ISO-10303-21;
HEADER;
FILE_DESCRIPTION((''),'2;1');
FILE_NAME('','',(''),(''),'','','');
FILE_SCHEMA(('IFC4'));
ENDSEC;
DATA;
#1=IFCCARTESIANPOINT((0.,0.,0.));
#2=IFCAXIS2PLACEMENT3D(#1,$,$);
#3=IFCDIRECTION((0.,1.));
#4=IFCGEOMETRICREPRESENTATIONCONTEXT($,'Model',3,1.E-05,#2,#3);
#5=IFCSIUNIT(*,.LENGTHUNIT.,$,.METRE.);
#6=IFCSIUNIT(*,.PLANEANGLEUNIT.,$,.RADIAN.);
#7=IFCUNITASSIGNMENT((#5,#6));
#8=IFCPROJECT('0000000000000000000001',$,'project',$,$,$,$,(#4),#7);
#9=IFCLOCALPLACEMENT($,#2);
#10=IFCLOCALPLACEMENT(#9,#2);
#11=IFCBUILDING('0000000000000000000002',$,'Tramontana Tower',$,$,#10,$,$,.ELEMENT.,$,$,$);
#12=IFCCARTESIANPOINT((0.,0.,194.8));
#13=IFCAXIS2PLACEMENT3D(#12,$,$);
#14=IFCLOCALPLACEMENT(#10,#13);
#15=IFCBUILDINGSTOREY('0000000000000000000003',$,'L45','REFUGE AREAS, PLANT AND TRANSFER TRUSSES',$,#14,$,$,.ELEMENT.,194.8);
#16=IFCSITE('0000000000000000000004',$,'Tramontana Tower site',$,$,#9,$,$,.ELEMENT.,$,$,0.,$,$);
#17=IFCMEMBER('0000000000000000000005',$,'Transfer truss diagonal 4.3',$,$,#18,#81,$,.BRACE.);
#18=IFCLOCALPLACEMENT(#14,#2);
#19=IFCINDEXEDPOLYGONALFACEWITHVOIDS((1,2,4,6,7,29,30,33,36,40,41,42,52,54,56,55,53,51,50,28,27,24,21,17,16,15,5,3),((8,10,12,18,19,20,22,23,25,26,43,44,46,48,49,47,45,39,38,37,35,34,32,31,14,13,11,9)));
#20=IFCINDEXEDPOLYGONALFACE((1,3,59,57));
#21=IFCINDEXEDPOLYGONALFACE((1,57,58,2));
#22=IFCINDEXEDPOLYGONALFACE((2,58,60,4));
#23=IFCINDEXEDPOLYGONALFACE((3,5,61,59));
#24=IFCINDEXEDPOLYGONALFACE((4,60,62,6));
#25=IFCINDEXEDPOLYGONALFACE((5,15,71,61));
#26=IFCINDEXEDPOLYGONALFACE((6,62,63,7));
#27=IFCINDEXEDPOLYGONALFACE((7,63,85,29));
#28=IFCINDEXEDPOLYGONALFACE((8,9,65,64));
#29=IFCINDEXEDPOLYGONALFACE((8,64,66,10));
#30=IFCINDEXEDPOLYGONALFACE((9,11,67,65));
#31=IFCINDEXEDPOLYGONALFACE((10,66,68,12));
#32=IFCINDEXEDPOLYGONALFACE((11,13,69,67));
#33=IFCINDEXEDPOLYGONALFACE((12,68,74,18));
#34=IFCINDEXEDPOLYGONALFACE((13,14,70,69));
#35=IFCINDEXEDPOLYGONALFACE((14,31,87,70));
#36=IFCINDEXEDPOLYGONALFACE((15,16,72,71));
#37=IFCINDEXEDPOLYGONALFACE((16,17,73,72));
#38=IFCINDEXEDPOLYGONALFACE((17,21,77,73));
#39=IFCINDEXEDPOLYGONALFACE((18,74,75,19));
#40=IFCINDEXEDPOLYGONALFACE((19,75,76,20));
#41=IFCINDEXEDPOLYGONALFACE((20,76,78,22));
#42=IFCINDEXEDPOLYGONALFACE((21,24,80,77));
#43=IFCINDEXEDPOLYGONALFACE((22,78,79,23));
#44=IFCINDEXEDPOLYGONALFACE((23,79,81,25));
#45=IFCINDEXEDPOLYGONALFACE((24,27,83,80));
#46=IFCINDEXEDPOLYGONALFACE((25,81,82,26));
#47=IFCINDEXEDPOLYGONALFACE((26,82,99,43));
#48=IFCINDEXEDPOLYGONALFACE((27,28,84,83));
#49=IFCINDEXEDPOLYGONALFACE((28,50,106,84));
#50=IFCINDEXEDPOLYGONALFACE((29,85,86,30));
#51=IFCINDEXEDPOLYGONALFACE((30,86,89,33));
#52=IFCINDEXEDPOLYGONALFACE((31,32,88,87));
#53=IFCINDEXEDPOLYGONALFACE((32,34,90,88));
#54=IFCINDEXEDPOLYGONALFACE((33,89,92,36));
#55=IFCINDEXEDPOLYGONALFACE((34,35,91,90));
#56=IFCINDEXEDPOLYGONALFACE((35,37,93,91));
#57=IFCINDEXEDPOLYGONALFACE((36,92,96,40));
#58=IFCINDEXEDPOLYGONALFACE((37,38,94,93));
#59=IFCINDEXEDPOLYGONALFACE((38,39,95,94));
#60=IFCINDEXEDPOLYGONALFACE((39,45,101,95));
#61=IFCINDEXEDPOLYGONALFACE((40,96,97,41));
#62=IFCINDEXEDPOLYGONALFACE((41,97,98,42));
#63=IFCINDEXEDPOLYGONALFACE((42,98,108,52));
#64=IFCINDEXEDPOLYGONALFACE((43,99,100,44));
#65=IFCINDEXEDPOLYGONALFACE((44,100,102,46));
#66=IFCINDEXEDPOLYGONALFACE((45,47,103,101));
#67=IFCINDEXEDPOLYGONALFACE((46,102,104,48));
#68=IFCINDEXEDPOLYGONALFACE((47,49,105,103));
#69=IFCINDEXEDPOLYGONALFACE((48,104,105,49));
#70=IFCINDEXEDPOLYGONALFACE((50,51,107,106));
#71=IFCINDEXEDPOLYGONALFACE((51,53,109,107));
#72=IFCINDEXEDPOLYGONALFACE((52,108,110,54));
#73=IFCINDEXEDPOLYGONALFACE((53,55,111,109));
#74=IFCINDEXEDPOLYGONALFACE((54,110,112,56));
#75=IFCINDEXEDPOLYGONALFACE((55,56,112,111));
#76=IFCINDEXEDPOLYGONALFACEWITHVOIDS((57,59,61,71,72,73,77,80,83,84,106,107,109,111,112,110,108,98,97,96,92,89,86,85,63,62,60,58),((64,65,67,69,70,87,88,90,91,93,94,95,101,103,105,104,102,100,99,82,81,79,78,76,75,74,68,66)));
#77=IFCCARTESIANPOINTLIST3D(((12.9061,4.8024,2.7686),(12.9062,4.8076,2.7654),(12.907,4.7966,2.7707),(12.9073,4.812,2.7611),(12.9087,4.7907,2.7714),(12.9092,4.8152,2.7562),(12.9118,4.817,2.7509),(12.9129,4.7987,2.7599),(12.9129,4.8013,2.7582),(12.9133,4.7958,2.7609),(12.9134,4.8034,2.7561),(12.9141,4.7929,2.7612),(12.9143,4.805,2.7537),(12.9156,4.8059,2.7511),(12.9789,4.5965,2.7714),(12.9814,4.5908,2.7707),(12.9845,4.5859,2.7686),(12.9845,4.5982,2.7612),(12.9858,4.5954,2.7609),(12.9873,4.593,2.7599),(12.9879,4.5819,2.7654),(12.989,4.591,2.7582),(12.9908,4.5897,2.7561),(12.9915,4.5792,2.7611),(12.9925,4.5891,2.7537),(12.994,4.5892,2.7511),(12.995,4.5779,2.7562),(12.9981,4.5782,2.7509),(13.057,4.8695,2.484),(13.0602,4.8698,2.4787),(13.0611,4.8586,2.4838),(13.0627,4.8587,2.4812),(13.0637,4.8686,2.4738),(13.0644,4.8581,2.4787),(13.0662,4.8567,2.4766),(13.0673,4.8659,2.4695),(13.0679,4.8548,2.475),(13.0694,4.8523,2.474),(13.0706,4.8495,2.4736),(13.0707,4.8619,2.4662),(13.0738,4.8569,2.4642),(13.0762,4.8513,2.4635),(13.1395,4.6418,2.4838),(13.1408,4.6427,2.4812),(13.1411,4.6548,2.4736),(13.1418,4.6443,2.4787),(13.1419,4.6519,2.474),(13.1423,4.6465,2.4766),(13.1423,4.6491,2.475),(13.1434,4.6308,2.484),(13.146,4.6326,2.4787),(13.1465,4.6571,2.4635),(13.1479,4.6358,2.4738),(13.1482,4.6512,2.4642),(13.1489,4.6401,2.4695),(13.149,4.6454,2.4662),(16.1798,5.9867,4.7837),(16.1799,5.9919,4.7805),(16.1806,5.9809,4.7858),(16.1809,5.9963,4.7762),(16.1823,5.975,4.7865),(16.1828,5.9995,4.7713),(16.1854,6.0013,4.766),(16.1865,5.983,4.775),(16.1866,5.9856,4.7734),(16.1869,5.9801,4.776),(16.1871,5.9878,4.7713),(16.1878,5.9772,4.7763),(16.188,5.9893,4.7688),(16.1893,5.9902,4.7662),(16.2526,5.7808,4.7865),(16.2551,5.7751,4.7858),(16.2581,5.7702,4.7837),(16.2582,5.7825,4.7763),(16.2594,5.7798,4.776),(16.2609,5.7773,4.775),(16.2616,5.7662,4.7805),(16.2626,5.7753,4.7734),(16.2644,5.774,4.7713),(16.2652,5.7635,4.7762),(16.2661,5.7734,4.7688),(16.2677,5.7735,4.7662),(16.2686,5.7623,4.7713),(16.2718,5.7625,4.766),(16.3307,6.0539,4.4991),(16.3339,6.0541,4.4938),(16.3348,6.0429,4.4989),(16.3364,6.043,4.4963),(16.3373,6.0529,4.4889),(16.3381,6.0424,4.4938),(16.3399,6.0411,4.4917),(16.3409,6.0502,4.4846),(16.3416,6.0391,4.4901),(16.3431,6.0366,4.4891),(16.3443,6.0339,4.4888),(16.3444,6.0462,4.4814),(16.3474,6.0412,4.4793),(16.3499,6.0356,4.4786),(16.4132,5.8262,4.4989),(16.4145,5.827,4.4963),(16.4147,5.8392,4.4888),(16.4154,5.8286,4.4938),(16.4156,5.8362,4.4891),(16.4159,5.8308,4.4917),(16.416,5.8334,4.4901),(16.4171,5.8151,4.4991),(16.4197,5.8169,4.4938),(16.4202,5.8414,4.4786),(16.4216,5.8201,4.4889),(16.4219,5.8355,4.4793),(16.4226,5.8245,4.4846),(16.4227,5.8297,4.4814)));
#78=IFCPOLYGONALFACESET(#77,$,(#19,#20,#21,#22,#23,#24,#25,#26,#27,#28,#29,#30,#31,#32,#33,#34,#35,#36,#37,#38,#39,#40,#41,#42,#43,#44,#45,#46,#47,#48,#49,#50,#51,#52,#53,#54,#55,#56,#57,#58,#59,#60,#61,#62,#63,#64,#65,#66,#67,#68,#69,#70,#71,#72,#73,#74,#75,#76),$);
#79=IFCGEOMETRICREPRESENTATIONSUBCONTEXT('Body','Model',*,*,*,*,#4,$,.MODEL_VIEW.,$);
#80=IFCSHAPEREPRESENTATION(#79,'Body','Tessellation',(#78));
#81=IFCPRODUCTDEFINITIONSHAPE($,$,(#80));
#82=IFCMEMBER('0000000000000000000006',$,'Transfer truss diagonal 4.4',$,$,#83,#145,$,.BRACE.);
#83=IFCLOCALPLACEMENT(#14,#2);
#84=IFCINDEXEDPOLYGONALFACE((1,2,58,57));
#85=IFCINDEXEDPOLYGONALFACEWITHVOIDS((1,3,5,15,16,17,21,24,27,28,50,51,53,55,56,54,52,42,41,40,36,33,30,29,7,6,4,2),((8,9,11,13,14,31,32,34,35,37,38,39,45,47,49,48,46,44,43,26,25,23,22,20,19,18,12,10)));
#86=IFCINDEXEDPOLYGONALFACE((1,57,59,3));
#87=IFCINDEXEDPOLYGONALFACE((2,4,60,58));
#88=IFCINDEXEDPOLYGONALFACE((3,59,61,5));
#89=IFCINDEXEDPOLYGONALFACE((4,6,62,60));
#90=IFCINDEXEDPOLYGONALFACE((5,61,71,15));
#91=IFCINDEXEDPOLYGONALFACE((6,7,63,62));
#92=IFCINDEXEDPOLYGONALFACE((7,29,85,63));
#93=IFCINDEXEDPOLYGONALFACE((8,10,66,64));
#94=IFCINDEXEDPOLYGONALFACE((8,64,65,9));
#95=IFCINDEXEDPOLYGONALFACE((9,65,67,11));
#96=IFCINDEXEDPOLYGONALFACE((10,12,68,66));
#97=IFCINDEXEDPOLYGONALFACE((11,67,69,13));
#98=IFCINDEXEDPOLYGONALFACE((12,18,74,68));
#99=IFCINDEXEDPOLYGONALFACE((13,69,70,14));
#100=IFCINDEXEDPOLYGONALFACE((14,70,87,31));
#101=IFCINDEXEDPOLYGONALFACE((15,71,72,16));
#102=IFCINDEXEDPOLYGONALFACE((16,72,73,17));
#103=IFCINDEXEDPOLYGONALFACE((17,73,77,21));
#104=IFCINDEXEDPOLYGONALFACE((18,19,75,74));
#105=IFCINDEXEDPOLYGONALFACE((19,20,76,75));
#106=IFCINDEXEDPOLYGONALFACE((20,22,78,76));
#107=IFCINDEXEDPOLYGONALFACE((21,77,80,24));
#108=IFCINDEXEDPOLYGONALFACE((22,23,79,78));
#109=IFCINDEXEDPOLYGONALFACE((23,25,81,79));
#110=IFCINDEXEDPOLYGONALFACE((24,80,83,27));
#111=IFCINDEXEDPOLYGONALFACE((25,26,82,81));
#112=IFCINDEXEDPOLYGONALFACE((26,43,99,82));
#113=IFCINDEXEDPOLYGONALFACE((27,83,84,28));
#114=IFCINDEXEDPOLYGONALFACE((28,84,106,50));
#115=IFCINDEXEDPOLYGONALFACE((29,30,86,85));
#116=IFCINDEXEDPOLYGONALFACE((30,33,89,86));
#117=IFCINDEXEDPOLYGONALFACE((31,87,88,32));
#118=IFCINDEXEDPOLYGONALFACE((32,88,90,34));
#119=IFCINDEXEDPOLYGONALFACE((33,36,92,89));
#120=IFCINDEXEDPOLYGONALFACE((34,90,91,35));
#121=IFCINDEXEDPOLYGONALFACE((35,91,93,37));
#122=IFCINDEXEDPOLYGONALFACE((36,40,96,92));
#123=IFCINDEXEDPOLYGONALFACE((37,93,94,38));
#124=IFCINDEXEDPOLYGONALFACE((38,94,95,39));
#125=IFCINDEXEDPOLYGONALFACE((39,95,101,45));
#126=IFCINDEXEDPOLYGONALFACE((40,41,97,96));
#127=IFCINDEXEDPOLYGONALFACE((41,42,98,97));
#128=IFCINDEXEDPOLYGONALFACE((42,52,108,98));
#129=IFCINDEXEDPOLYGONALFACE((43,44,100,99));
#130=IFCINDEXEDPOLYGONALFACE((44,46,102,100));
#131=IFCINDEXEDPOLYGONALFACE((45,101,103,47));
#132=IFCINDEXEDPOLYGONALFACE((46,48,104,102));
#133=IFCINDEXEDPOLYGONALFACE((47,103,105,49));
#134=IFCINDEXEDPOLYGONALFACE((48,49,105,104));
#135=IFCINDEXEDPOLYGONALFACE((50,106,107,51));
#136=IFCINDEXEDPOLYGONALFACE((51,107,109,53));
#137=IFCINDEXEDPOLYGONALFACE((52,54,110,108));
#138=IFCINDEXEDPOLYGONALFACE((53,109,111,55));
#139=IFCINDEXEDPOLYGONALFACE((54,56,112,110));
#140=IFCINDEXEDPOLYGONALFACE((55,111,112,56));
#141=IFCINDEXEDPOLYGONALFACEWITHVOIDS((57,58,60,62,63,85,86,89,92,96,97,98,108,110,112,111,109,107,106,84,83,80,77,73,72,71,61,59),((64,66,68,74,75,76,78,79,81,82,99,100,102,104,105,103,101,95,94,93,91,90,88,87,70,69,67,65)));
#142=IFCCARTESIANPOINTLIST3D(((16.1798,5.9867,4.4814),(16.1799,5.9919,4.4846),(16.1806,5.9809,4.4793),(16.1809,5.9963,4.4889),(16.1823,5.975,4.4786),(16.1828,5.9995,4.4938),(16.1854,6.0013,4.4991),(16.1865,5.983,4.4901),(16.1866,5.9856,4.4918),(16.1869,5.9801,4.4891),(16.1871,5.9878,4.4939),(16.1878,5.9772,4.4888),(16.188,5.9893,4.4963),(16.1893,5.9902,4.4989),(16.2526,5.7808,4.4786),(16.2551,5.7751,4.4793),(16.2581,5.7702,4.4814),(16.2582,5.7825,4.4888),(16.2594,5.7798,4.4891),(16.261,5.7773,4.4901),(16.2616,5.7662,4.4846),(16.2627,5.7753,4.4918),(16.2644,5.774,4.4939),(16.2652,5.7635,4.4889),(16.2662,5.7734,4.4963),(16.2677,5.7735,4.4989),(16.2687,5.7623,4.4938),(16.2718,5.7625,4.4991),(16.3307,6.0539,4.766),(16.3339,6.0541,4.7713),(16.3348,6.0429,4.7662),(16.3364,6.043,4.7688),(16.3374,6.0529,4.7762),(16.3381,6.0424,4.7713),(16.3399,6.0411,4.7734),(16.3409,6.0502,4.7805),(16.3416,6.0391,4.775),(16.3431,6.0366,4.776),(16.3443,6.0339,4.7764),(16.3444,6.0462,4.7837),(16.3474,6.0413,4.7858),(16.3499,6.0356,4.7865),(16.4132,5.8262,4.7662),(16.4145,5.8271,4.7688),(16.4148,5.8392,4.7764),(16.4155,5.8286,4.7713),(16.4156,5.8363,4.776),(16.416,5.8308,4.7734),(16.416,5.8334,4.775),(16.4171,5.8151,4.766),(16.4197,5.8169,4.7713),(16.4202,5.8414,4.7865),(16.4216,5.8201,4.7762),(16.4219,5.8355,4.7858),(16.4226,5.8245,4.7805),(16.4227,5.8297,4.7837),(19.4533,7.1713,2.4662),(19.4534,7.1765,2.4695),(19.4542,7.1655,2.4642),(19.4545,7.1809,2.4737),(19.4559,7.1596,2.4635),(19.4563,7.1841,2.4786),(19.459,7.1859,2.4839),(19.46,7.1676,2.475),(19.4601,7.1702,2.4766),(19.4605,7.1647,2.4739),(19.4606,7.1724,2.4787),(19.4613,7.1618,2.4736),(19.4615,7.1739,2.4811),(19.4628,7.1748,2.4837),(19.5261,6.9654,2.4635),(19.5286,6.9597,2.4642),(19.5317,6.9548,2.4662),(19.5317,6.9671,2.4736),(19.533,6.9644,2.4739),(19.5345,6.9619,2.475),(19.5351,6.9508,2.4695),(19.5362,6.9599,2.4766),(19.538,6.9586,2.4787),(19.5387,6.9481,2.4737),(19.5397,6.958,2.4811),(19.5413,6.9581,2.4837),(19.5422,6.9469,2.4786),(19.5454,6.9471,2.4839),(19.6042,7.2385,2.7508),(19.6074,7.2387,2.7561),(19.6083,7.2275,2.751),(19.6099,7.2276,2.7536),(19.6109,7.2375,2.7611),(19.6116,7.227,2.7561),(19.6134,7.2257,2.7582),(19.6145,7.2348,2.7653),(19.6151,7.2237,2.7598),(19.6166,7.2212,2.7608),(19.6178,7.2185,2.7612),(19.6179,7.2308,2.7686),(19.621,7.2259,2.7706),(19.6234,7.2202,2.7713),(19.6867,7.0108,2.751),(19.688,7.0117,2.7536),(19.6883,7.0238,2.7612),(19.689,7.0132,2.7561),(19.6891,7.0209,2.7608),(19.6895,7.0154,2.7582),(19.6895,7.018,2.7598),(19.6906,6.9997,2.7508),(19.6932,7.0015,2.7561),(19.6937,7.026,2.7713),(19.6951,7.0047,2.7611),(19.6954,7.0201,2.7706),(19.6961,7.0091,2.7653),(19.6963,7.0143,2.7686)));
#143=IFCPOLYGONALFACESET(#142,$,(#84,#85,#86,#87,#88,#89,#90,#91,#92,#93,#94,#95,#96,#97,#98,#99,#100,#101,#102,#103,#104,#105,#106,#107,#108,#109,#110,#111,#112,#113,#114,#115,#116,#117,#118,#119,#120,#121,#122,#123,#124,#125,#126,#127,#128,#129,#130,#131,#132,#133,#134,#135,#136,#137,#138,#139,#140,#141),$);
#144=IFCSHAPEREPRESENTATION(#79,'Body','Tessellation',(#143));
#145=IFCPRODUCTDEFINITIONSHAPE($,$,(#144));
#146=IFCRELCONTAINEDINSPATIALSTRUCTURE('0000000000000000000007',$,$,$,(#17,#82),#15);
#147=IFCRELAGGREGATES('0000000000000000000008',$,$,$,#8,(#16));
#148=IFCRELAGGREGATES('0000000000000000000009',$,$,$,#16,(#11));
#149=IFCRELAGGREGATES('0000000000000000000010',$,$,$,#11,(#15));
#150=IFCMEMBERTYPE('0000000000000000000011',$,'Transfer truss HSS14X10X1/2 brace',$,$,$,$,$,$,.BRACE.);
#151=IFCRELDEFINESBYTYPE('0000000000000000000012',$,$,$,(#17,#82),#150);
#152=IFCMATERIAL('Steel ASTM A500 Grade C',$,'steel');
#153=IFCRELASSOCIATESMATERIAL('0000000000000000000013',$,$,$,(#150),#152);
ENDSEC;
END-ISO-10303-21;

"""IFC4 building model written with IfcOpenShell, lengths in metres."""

from ifc_helpers import new_model, si_unit, direction, frame, origin, origin_2d, place, context, subcontext, project, spatial, hollow_rectangle, extrude, material, material_profile, profile_set, type_object, element, save


model = new_model("IFC4")

# Units and contexts
model_context = context("Model", 3, precision=1e-05, world=origin(), true_north=direction((0.0, 1.0)))
body_context = subcontext(model_context, "Body", "Model", "MODEL_VIEW")
ifc_project = project(units=[si_unit("LENGTHUNIT", "METRE"), si_unit("PLANEANGLEUNIT", "RADIAN")], contexts=[model_context])

# Site, building, storey
site_placement = place(None, origin())
site = spatial("IfcSite", under=ifc_project, at=site_placement, Name="Tramontana Tower site", CompositionType="ELEMENT", RefElevation=0.0)
building_placement = place(site_placement, origin())
building = spatial("IfcBuilding", under=site, at=building_placement, Name="Tramontana Tower", CompositionType="ELEMENT")
storey_placement = place(building_placement, frame((0.0, 0.0, 194.8)))
storey = spatial("IfcBuildingStorey", under=building, at=storey_placement, Name="L45", Description="REFUGE AREAS, PLANT AND TRANSFER TRUSSES", CompositionType="ELEMENT", Elevation=194.8)

# Members
ifc_material_1 = material(Name="Steel ASTM A500 Grade C", Category="steel")
ifc_material_profile_1 = material_profile(ifc_material_1, hollow_rectangle(XDim=0.2539, YDim=0.3557, WallThickness=0.0117, InnerFilletRadius=0.0117, OuterFilletRadius=0.0237, at=origin_2d()), Name="HSS14X10X1/2")
ifc_profile_set_1 = profile_set([ifc_material_profile_1], Name="Steel ASTM A500 Grade C")
member_type_1 = type_object("IfcMemberType", Name="Transfer truss HSS14X10X1/2 brace", PredefinedType="BRACE", material=ifc_profile_set_1)
for number, where, z_axis, x_axis, name in (
    (1, (13.0276, 4.7239, 2.6174), (0.813845, 0.294426, 0.500968), (-0.340194, 0.940355, 0.0), "Transfer truss diagonal 4.3"),
    (2, (16.3013, 5.9082, 4.6326), (0.81381, 0.294496, -0.500984), (-0.340279, 0.940325, 0.0), "Transfer truss diagonal 4.4"),
):
    element("IfcMember", number, at=place(storey_placement, frame(where, z_axis=z_axis, x_axis=x_axis)), inside=storey, type_object=member_type_1, Name=name, PredefinedType="BRACE", context=body_context, shape_type="SweptSolid", body=[
        extrude(hollow_rectangle(XDim=0.2539, YDim=0.3557, WallThickness=0.0117, InnerFilletRadius=0.0117, OuterFilletRadius=0.0237, at=origin_2d()), origin(), (0.0, 0.0, 1.0), 4.0225),
    ])

save(model, "model.ifc")
